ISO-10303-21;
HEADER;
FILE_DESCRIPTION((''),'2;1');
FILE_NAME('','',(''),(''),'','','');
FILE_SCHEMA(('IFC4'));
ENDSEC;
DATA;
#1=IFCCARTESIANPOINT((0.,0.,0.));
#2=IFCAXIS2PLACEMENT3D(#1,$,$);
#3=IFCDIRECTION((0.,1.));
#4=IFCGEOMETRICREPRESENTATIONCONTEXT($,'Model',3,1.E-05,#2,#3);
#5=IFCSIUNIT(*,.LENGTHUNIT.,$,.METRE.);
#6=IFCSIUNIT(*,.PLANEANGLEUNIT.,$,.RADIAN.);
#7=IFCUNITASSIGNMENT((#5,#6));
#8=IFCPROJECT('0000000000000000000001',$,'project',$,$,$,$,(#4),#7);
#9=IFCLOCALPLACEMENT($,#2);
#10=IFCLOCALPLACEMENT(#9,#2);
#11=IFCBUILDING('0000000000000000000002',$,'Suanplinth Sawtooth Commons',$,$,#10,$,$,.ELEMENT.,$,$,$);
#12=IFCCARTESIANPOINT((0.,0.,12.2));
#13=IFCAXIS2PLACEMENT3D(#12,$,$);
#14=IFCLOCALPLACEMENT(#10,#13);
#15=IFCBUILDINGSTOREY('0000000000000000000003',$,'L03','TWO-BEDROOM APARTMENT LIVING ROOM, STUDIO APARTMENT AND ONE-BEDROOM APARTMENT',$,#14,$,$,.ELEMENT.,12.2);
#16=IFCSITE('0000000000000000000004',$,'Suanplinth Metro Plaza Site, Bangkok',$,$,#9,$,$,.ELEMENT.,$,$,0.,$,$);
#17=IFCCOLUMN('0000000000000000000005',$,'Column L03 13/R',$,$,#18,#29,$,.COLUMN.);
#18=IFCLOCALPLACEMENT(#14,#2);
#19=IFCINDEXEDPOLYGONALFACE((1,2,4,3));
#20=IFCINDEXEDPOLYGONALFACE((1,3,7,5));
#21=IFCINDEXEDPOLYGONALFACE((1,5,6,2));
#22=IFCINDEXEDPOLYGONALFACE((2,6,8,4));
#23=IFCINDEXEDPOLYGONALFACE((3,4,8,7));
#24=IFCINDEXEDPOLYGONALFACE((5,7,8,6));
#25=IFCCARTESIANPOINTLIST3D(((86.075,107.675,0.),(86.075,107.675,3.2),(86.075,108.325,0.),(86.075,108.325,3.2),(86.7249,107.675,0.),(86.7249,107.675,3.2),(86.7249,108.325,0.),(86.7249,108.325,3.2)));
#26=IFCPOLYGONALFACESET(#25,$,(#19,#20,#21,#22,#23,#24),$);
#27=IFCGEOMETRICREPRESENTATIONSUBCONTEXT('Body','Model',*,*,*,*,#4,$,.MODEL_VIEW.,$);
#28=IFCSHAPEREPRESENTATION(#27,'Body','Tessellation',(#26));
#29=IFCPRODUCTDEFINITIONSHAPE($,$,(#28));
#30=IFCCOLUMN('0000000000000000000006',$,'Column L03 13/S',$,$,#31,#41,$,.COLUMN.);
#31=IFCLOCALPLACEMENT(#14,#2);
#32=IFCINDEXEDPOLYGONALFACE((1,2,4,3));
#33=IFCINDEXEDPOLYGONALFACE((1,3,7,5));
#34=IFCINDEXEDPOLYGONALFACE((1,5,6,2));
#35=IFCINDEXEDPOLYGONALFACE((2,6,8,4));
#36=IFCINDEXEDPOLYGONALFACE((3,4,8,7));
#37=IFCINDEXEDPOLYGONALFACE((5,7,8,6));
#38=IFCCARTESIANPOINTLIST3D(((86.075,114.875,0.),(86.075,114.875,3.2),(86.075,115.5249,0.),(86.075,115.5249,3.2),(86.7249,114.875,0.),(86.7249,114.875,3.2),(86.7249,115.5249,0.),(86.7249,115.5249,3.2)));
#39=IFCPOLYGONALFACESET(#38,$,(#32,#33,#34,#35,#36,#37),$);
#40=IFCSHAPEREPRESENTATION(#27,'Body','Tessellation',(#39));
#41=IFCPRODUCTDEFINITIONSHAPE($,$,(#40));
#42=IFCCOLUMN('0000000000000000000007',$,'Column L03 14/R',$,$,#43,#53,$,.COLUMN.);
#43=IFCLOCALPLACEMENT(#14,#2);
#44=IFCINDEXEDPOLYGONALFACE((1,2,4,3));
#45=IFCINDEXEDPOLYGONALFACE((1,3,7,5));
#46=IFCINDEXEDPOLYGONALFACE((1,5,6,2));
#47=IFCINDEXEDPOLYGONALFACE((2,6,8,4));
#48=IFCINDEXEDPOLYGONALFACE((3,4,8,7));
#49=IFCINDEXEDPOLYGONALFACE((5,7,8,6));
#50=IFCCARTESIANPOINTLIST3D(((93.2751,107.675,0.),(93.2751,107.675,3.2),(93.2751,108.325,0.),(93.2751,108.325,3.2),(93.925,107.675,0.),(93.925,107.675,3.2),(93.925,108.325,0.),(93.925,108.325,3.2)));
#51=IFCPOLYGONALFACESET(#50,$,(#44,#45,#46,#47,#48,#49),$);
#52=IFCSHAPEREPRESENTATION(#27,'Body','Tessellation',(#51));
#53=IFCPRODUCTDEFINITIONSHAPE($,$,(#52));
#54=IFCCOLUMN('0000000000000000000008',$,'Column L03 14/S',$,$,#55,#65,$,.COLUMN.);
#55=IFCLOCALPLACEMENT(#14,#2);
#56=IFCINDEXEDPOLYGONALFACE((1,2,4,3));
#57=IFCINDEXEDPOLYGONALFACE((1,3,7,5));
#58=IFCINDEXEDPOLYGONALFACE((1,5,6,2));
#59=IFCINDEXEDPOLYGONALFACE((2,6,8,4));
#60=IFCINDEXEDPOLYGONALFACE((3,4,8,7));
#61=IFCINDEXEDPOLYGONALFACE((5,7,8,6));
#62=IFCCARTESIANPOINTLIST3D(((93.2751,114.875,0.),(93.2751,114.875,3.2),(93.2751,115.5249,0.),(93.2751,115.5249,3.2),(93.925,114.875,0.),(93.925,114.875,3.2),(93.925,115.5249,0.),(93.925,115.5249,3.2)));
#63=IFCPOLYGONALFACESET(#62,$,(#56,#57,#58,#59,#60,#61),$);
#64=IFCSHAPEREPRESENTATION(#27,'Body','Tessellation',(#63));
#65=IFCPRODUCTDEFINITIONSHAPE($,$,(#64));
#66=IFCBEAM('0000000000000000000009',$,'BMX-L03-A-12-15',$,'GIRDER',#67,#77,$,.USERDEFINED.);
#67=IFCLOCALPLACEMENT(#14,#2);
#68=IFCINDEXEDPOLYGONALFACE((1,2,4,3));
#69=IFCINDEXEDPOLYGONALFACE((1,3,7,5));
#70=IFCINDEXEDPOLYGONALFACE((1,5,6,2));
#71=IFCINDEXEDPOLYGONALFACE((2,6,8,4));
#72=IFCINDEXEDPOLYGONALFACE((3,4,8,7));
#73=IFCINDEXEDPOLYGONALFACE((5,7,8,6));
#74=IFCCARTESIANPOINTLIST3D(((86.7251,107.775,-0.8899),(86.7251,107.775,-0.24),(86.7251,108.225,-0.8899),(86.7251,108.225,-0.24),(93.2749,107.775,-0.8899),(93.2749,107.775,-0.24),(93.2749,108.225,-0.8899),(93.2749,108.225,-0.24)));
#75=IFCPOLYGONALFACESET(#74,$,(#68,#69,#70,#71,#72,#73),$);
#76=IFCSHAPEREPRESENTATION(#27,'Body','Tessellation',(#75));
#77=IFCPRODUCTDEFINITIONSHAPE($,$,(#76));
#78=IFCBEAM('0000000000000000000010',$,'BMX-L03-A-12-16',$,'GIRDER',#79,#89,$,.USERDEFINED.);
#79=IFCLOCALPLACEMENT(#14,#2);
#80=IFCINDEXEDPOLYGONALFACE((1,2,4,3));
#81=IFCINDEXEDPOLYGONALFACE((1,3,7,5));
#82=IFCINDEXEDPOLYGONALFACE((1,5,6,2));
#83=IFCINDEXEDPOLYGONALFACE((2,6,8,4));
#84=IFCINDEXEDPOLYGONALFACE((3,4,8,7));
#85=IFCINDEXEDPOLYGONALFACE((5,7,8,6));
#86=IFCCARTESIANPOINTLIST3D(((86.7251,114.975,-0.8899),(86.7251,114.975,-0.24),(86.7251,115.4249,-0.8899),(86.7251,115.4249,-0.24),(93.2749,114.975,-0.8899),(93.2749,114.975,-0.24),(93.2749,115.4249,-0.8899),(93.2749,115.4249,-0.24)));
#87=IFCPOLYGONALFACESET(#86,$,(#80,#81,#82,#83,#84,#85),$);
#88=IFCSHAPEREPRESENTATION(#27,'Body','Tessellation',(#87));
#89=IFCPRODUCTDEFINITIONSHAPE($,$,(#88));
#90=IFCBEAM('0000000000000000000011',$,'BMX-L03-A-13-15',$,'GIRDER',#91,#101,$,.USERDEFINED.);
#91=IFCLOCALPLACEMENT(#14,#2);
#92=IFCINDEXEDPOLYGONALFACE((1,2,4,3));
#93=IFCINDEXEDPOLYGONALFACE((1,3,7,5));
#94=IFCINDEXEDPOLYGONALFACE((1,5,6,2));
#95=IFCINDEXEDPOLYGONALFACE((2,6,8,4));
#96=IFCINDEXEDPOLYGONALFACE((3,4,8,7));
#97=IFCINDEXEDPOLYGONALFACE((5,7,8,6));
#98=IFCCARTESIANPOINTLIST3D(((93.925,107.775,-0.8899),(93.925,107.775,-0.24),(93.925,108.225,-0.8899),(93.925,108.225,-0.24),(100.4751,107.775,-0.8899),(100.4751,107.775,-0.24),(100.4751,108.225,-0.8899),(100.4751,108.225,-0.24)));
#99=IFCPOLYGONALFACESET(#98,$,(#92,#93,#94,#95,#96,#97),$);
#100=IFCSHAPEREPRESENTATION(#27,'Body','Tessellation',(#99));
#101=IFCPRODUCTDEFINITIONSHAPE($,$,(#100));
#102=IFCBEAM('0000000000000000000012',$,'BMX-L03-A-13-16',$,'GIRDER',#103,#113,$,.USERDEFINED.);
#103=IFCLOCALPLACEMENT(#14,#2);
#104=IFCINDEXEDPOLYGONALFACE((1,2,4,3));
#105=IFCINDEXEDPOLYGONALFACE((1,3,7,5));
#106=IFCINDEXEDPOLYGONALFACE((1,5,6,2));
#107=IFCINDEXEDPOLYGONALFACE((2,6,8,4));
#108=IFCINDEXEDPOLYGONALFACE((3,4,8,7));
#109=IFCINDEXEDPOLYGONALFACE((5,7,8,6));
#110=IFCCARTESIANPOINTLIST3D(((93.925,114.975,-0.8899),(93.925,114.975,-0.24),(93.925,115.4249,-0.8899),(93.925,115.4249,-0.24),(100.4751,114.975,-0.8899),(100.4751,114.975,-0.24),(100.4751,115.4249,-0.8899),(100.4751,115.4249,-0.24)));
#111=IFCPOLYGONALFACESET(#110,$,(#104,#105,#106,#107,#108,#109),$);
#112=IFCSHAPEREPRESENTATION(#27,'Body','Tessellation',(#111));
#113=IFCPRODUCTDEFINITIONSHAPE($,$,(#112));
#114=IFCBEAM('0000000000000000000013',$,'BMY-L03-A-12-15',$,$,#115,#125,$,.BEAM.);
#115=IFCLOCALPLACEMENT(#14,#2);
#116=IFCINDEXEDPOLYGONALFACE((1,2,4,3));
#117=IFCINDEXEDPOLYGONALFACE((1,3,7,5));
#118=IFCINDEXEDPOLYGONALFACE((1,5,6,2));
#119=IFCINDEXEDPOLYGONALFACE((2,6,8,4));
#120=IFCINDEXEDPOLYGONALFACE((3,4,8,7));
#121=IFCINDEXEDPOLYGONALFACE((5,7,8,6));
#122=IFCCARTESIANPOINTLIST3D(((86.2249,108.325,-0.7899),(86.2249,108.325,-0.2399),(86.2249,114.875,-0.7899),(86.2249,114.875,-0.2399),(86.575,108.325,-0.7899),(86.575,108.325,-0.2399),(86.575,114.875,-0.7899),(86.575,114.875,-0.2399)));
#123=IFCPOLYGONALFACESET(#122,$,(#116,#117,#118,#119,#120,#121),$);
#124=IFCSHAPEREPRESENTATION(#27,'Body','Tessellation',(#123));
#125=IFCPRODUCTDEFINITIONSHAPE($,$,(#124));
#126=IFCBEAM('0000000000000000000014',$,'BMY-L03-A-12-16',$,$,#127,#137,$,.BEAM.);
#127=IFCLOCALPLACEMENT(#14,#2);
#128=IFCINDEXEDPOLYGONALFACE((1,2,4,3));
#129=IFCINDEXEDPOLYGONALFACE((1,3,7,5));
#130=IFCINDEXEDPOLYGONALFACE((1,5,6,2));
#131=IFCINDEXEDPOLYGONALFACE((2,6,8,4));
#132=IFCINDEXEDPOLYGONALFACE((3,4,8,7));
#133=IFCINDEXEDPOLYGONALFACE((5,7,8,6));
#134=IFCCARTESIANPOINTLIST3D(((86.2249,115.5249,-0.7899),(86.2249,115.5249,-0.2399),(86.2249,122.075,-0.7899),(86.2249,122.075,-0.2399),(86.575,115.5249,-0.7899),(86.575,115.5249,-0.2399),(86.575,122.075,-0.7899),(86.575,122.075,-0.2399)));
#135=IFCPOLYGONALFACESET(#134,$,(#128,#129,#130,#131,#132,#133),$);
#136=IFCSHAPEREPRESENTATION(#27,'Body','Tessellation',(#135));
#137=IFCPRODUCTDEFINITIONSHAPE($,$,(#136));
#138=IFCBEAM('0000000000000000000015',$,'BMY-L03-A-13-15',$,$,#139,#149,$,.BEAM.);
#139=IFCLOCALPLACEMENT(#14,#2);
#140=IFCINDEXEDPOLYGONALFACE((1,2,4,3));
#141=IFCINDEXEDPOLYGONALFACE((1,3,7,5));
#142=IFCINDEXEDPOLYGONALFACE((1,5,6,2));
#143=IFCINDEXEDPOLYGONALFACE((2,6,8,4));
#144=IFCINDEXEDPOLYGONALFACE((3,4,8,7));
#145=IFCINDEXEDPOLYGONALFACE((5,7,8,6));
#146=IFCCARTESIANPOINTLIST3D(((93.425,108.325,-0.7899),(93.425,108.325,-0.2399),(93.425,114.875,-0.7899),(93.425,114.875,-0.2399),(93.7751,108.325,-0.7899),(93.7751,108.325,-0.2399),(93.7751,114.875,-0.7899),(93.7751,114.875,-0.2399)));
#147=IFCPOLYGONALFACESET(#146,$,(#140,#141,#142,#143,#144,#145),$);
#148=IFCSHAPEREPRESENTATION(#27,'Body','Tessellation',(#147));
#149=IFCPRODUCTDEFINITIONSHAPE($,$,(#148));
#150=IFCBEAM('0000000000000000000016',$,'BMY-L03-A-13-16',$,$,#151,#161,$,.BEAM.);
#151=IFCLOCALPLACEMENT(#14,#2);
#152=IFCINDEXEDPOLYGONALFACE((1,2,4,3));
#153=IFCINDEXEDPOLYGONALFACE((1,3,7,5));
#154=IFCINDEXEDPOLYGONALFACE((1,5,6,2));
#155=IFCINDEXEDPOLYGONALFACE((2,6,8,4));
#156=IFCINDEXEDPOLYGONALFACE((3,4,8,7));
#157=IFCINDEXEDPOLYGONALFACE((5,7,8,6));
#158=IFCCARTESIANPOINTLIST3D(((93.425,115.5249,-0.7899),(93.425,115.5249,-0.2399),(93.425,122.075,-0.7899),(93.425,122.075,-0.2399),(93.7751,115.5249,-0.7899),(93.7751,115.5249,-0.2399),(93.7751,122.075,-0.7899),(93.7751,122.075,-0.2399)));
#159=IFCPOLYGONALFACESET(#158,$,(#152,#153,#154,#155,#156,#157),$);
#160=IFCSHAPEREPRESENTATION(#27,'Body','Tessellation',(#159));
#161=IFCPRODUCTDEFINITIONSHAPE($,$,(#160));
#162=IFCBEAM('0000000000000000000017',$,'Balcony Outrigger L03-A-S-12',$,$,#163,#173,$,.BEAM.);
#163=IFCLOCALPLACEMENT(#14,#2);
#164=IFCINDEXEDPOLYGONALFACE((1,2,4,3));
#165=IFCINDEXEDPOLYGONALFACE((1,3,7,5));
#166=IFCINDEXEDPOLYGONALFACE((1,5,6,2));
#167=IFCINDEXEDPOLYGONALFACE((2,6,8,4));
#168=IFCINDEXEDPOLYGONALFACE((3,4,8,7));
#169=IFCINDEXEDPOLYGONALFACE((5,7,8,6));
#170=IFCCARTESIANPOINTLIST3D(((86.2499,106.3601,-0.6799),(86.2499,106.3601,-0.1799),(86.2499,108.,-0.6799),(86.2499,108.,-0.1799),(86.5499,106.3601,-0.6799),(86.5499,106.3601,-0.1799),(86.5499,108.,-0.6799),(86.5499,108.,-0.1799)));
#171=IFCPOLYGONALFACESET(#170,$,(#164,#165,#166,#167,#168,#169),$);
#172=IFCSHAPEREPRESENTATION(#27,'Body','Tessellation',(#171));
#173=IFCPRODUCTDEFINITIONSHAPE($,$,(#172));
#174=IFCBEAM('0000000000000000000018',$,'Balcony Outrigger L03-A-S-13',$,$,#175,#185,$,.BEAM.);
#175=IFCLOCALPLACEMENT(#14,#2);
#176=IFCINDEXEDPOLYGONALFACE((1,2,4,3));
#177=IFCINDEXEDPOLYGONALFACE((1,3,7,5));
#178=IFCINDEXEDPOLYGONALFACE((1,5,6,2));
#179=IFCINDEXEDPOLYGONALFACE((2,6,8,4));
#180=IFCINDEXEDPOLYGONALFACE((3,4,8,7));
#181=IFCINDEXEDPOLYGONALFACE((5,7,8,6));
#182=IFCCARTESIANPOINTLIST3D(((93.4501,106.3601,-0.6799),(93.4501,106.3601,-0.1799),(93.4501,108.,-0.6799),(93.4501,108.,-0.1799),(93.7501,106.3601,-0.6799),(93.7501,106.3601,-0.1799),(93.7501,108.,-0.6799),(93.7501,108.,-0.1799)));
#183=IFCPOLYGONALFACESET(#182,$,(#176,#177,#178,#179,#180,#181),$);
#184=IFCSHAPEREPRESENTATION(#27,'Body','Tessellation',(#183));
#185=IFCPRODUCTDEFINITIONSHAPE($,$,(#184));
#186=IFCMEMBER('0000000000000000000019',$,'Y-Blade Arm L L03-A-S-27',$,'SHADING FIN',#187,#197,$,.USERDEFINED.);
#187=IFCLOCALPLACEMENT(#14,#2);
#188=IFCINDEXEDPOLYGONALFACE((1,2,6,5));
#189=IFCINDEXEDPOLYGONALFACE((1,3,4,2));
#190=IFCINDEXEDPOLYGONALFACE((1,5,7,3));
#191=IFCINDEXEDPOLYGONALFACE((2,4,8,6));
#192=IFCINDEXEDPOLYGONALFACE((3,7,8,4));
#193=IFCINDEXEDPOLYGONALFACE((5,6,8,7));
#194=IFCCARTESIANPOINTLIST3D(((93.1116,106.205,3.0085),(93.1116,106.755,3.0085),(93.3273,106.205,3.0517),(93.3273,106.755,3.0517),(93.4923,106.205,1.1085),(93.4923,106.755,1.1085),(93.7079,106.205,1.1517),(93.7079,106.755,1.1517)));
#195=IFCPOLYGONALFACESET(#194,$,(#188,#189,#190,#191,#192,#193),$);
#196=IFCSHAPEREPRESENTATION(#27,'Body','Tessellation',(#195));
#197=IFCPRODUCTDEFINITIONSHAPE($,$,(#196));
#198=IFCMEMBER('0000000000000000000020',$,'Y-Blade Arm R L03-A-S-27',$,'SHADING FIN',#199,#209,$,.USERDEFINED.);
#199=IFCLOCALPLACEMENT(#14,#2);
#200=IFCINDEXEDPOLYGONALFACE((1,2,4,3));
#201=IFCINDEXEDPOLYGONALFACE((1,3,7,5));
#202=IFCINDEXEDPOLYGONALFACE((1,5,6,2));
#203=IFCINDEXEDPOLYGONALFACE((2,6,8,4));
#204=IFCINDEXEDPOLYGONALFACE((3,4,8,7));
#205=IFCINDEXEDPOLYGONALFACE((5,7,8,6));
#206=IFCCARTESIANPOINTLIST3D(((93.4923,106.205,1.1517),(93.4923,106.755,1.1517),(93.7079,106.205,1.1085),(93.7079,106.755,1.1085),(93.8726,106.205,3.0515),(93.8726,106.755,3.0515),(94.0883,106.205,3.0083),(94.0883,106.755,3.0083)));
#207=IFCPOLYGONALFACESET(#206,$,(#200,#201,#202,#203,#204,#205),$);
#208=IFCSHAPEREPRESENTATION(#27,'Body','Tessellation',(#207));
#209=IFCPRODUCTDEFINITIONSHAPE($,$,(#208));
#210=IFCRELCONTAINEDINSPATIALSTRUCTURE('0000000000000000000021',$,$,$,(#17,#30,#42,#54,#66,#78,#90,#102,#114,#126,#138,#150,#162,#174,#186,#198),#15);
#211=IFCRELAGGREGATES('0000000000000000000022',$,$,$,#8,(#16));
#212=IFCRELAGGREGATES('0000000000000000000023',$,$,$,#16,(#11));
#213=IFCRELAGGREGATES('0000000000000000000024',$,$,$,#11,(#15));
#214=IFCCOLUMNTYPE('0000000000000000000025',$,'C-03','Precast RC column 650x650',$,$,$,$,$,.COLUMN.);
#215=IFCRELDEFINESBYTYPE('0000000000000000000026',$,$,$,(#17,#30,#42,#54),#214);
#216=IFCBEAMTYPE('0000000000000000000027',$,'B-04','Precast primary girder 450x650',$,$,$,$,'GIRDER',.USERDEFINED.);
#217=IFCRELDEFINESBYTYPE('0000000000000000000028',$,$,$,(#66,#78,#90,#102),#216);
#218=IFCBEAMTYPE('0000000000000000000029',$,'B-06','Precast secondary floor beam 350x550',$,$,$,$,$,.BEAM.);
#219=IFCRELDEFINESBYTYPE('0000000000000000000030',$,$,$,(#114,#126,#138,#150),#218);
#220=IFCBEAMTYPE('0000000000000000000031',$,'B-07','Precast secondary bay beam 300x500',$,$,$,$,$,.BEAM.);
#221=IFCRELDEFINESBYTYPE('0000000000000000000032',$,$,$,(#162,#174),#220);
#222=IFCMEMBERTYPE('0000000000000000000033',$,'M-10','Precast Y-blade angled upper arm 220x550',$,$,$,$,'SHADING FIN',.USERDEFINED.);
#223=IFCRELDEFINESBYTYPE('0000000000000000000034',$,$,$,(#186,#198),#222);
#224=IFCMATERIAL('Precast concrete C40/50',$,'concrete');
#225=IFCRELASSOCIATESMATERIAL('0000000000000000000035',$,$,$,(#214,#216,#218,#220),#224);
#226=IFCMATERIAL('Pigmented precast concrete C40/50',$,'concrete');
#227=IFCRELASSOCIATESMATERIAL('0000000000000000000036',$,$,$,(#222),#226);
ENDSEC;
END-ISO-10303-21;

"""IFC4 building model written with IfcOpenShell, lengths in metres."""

from ifc_helpers import new_model, si_unit, direction, frame, origin, origin_2d, place, context, subcontext, project, spatial, rectangle, extrude, material, material_profile, profile_set, type_object, element, save


model = new_model("IFC4")

# Units and contexts
model_context = context("Model", 3, precision=1e-05, world=origin(), true_north=direction((0.0, 1.0)))
body_context = subcontext(model_context, "Body", "Model", "MODEL_VIEW")
ifc_project = project(units=[si_unit("LENGTHUNIT", "METRE"), si_unit("PLANEANGLEUNIT", "RADIAN")], contexts=[model_context])

# Site, building, storey
site_placement = place(None, origin())
site = spatial("IfcSite", under=ifc_project, at=site_placement, Name="Suanplinth Metro Plaza Site, Bangkok", CompositionType="ELEMENT", RefElevation=0.0)
building_placement = place(site_placement, origin())
building = spatial("IfcBuilding", under=site, at=building_placement, Name="Suanplinth Sawtooth Commons", CompositionType="ELEMENT")
storey_placement = place(building_placement, frame((0.0, 0.0, 12.2)))
storey = spatial("IfcBuildingStorey", under=building, at=storey_placement, Name="L03", Description="TWO-BEDROOM APARTMENT LIVING ROOM, STUDIO APARTMENT AND ONE-BEDROOM APARTMENT", CompositionType="ELEMENT", Elevation=12.2)

# Columns
ifc_material_1 = material(Name="Precast concrete C40/50", Category="concrete")
ifc_material_profile_1 = material_profile(ifc_material_1, rectangle(XDim=0.6499, YDim=0.6499, at=origin_2d()), Name="PC-COL 650x650")
ifc_profile_set_1 = profile_set([ifc_material_profile_1], Name="Precast concrete C40/50")
column_type = type_object("IfcColumnType", Name="C-03", Description="Precast RC column 650x650", PredefinedType="COLUMN", material=ifc_profile_set_1)
for number, where, z_axis, x_axis, name in (
    (1, (86.3999, 108.0, 0.0), (0.0, 0.0, 1.0), (1.0, 0.0, 0.0), "Column L03 13/R"),
    (2, (86.3999, 115.2, 0.0), (0.0, 0.0, 1.0), (1.0, 0.0, 0.0), "Column L03 13/S"),
    (3, (93.6001, 108.0, 0.0), (0.0, 0.0, 1.0), (1.0, 0.0, 0.0), "Column L03 14/R"),
    (4, (93.6001, 115.2, 0.0), (0.0, 0.0, 1.0), (1.0, 0.0, 0.0), "Column L03 14/S"),
):
    element("IfcColumn", number, at=place(storey_placement, frame(where, z_axis=z_axis, x_axis=x_axis)), inside=storey, type_object=column_type, Name=name, PredefinedType="COLUMN", context=body_context, shape_type="SweptSolid", body=[
        extrude(rectangle(XDim=0.6499, YDim=0.6499, at=origin_2d()), origin(), (0.0, 0.0, 1.0), 3.2),
    ])

# Beams
ifc_material_profile_2 = material_profile(ifc_material_1, rectangle(XDim=0.45, YDim=0.6499, at=origin_2d()), Name="PC-GDR 450x650")
ifc_profile_set_2 = profile_set([ifc_material_profile_2], Name="Precast concrete C40/50")
beam_type_1 = type_object("IfcBeamType", Name="B-04", Description="Precast primary girder 450x650", ElementType="GIRDER", PredefinedType="USERDEFINED", material=ifc_profile_set_2)
for number, where, z_axis, x_axis, name in (
    (5, (86.7251, 108.0, -0.5649), (1.0, 0.0, 0.0), (0.0, 1.0, 0.0), "BMX-L03-A-12-15"),
    (6, (86.7251, 115.2, -0.5649), (1.0, 0.0, 0.0), (0.0, 1.0, 0.0), "BMX-L03-A-12-16"),
):
    element("IfcBeam", number, at=place(storey_placement, frame(where, z_axis=z_axis, x_axis=x_axis)), inside=storey, type_object=beam_type_1, Name=name, ObjectType="GIRDER", PredefinedType="USERDEFINED", context=body_context, shape_type="SweptSolid", body=[
        extrude(rectangle(XDim=0.45, YDim=0.6499, at=origin_2d()), origin(), (0.0, 0.0, 1.0), 6.5498),
    ])
for number, where, z_axis, x_axis, name in (
    (7, (93.925, 108.0, -0.5649), (1.0, 0.0, 0.0), (0.0, 1.0, 0.0), "BMX-L03-A-13-15"),
    (8, (93.925, 115.2, -0.5649), (1.0, 0.0, 0.0), (0.0, 1.0, 0.0), "BMX-L03-A-13-16"),
):
    element("IfcBeam", number, at=place(storey_placement, frame(where, z_axis=z_axis, x_axis=x_axis)), inside=storey, type_object=beam_type_1, Name=name, ObjectType="GIRDER", PredefinedType="USERDEFINED", context=body_context, shape_type="SweptSolid", body=[
        extrude(rectangle(XDim=0.45, YDim=0.6499, at=origin_2d()), origin(), (0.0, 0.0, 1.0), 6.55),
    ])
ifc_material_profile_3 = material_profile(ifc_material_1, rectangle(XDim=0.3501, YDim=0.55, at=origin_2d()), Name="PC-BM 350x550")
ifc_profile_set_3 = profile_set([ifc_material_profile_3], Name="Precast concrete C40/50")
beam_type_2 = type_object("IfcBeamType", Name="B-06", Description="Precast secondary floor beam 350x550", PredefinedType="BEAM", material=ifc_profile_set_3)
for number, where, z_axis, x_axis, name in (
    (9, (86.3999, 108.325, -0.5149), (0.0, 1.0, 0.0), (-1.0, 0.0, 0.0), "BMY-L03-A-12-15"),
    (10, (86.3999, 115.5249, -0.5149), (0.0, 1.0, 0.0), (-1.0, 0.0, 0.0), "BMY-L03-A-12-16"),
    (11, (93.6001, 108.325, -0.5149), (0.0, 1.0, 0.0), (-1.0, 0.0, 0.0), "BMY-L03-A-13-15"),
    (12, (93.6001, 115.5249, -0.5149), (0.0, 1.0, 0.0), (-1.0, 0.0, 0.0), "BMY-L03-A-13-16"),
):
    element("IfcBeam", number, at=place(storey_placement, frame(where, z_axis=z_axis, x_axis=x_axis)), inside=storey, type_object=beam_type_2, Name=name, PredefinedType="BEAM", context=body_context, shape_type="SweptSolid", body=[
        extrude(rectangle(XDim=0.3501, YDim=0.55, at=origin_2d()), origin(), (0.0, 0.0, 1.0), 6.55),
    ])
ifc_material_profile_4 = material_profile(ifc_material_1, rectangle(XDim=0.3, YDim=0.5, at=origin_2d()), Name="PC-BM 300x500")
ifc_profile_set_4 = profile_set([ifc_material_profile_4], Name="Precast concrete C40/50")
beam_type_3 = type_object("IfcBeamType", Name="B-07", Description="Precast secondary bay beam 300x500", PredefinedType="BEAM", material=ifc_profile_set_4)
for number, where, z_axis, x_axis, name in (
    (13, (86.3999, 108.0, -0.4299), (0.0, -1.0, 0.0), (1.0, 0.0, 0.0), "Balcony Outrigger L03-A-S-12"),
    (14, (93.6001, 108.0, -0.4299), (0.0, -1.0, 0.0), (1.0, 0.0, 0.0), "Balcony Outrigger L03-A-S-13"),
):
    element("IfcBeam", number, at=place(storey_placement, frame(where, z_axis=z_axis, x_axis=x_axis)), inside=storey, type_object=beam_type_3, Name=name, PredefinedType="BEAM", context=body_context, shape_type="SweptSolid", body=[
        extrude(rectangle(XDim=0.3, YDim=0.5, at=origin_2d()), origin(), (0.0, 0.0, 1.0), 1.6399),
    ])

# Members
ifc_material_2 = material(Name="Pigmented precast concrete C40/50", Category="concrete")
ifc_material_profile_5 = material_profile(ifc_material_2, rectangle(XDim=0.22, YDim=0.55, at=origin_2d()), Name="PC-FIN 220x550")
ifc_profile_set_5 = profile_set([ifc_material_profile_5], Name="Pigmented precast concrete C40/50")
member_type = type_object("IfcMemberType", Name="M-10", Description="Precast Y-blade angled upper arm 220x550", ElementType="SHADING FIN", PredefinedType="USERDEFINED", material=ifc_profile_set_5)
member_1_placement = place(storey_placement, frame((93.6001, 106.48, 1.1301), z_axis=(-0.196431, 0.0, 0.980518), x_axis=(0.980518, 0.0, 0.196431)))
element("IfcMember", 15, at=member_1_placement, inside=storey, type_object=member_type, Name="Y-Blade Arm L L03-A-S-27", ObjectType="SHADING FIN", PredefinedType="USERDEFINED", context=body_context, shape_type="SweptSolid", body=[
    extrude(rectangle(XDim=0.22, YDim=0.55, at=origin_2d()), origin(), (0.0, 0.0, 1.0), 1.9377),
])
member_2_placement = place(storey_placement, frame((93.6001, 106.48, 1.1301), z_axis=(0.19631, 0.0, 0.980542), x_axis=(-0.980542, 0.0, 0.19631)))
element("IfcMember", 16, at=member_2_placement, inside=storey, type_object=member_type, Name="Y-Blade Arm R L03-A-S-27", ObjectType="SHADING FIN", PredefinedType="USERDEFINED", context=body_context, shape_type="SweptSolid", body=[
    extrude(rectangle(XDim=0.22, YDim=0.55, at=origin_2d()), origin(), (0.0, 0.0, 1.0), 1.9375),
])

save(model, "model.ifc")
